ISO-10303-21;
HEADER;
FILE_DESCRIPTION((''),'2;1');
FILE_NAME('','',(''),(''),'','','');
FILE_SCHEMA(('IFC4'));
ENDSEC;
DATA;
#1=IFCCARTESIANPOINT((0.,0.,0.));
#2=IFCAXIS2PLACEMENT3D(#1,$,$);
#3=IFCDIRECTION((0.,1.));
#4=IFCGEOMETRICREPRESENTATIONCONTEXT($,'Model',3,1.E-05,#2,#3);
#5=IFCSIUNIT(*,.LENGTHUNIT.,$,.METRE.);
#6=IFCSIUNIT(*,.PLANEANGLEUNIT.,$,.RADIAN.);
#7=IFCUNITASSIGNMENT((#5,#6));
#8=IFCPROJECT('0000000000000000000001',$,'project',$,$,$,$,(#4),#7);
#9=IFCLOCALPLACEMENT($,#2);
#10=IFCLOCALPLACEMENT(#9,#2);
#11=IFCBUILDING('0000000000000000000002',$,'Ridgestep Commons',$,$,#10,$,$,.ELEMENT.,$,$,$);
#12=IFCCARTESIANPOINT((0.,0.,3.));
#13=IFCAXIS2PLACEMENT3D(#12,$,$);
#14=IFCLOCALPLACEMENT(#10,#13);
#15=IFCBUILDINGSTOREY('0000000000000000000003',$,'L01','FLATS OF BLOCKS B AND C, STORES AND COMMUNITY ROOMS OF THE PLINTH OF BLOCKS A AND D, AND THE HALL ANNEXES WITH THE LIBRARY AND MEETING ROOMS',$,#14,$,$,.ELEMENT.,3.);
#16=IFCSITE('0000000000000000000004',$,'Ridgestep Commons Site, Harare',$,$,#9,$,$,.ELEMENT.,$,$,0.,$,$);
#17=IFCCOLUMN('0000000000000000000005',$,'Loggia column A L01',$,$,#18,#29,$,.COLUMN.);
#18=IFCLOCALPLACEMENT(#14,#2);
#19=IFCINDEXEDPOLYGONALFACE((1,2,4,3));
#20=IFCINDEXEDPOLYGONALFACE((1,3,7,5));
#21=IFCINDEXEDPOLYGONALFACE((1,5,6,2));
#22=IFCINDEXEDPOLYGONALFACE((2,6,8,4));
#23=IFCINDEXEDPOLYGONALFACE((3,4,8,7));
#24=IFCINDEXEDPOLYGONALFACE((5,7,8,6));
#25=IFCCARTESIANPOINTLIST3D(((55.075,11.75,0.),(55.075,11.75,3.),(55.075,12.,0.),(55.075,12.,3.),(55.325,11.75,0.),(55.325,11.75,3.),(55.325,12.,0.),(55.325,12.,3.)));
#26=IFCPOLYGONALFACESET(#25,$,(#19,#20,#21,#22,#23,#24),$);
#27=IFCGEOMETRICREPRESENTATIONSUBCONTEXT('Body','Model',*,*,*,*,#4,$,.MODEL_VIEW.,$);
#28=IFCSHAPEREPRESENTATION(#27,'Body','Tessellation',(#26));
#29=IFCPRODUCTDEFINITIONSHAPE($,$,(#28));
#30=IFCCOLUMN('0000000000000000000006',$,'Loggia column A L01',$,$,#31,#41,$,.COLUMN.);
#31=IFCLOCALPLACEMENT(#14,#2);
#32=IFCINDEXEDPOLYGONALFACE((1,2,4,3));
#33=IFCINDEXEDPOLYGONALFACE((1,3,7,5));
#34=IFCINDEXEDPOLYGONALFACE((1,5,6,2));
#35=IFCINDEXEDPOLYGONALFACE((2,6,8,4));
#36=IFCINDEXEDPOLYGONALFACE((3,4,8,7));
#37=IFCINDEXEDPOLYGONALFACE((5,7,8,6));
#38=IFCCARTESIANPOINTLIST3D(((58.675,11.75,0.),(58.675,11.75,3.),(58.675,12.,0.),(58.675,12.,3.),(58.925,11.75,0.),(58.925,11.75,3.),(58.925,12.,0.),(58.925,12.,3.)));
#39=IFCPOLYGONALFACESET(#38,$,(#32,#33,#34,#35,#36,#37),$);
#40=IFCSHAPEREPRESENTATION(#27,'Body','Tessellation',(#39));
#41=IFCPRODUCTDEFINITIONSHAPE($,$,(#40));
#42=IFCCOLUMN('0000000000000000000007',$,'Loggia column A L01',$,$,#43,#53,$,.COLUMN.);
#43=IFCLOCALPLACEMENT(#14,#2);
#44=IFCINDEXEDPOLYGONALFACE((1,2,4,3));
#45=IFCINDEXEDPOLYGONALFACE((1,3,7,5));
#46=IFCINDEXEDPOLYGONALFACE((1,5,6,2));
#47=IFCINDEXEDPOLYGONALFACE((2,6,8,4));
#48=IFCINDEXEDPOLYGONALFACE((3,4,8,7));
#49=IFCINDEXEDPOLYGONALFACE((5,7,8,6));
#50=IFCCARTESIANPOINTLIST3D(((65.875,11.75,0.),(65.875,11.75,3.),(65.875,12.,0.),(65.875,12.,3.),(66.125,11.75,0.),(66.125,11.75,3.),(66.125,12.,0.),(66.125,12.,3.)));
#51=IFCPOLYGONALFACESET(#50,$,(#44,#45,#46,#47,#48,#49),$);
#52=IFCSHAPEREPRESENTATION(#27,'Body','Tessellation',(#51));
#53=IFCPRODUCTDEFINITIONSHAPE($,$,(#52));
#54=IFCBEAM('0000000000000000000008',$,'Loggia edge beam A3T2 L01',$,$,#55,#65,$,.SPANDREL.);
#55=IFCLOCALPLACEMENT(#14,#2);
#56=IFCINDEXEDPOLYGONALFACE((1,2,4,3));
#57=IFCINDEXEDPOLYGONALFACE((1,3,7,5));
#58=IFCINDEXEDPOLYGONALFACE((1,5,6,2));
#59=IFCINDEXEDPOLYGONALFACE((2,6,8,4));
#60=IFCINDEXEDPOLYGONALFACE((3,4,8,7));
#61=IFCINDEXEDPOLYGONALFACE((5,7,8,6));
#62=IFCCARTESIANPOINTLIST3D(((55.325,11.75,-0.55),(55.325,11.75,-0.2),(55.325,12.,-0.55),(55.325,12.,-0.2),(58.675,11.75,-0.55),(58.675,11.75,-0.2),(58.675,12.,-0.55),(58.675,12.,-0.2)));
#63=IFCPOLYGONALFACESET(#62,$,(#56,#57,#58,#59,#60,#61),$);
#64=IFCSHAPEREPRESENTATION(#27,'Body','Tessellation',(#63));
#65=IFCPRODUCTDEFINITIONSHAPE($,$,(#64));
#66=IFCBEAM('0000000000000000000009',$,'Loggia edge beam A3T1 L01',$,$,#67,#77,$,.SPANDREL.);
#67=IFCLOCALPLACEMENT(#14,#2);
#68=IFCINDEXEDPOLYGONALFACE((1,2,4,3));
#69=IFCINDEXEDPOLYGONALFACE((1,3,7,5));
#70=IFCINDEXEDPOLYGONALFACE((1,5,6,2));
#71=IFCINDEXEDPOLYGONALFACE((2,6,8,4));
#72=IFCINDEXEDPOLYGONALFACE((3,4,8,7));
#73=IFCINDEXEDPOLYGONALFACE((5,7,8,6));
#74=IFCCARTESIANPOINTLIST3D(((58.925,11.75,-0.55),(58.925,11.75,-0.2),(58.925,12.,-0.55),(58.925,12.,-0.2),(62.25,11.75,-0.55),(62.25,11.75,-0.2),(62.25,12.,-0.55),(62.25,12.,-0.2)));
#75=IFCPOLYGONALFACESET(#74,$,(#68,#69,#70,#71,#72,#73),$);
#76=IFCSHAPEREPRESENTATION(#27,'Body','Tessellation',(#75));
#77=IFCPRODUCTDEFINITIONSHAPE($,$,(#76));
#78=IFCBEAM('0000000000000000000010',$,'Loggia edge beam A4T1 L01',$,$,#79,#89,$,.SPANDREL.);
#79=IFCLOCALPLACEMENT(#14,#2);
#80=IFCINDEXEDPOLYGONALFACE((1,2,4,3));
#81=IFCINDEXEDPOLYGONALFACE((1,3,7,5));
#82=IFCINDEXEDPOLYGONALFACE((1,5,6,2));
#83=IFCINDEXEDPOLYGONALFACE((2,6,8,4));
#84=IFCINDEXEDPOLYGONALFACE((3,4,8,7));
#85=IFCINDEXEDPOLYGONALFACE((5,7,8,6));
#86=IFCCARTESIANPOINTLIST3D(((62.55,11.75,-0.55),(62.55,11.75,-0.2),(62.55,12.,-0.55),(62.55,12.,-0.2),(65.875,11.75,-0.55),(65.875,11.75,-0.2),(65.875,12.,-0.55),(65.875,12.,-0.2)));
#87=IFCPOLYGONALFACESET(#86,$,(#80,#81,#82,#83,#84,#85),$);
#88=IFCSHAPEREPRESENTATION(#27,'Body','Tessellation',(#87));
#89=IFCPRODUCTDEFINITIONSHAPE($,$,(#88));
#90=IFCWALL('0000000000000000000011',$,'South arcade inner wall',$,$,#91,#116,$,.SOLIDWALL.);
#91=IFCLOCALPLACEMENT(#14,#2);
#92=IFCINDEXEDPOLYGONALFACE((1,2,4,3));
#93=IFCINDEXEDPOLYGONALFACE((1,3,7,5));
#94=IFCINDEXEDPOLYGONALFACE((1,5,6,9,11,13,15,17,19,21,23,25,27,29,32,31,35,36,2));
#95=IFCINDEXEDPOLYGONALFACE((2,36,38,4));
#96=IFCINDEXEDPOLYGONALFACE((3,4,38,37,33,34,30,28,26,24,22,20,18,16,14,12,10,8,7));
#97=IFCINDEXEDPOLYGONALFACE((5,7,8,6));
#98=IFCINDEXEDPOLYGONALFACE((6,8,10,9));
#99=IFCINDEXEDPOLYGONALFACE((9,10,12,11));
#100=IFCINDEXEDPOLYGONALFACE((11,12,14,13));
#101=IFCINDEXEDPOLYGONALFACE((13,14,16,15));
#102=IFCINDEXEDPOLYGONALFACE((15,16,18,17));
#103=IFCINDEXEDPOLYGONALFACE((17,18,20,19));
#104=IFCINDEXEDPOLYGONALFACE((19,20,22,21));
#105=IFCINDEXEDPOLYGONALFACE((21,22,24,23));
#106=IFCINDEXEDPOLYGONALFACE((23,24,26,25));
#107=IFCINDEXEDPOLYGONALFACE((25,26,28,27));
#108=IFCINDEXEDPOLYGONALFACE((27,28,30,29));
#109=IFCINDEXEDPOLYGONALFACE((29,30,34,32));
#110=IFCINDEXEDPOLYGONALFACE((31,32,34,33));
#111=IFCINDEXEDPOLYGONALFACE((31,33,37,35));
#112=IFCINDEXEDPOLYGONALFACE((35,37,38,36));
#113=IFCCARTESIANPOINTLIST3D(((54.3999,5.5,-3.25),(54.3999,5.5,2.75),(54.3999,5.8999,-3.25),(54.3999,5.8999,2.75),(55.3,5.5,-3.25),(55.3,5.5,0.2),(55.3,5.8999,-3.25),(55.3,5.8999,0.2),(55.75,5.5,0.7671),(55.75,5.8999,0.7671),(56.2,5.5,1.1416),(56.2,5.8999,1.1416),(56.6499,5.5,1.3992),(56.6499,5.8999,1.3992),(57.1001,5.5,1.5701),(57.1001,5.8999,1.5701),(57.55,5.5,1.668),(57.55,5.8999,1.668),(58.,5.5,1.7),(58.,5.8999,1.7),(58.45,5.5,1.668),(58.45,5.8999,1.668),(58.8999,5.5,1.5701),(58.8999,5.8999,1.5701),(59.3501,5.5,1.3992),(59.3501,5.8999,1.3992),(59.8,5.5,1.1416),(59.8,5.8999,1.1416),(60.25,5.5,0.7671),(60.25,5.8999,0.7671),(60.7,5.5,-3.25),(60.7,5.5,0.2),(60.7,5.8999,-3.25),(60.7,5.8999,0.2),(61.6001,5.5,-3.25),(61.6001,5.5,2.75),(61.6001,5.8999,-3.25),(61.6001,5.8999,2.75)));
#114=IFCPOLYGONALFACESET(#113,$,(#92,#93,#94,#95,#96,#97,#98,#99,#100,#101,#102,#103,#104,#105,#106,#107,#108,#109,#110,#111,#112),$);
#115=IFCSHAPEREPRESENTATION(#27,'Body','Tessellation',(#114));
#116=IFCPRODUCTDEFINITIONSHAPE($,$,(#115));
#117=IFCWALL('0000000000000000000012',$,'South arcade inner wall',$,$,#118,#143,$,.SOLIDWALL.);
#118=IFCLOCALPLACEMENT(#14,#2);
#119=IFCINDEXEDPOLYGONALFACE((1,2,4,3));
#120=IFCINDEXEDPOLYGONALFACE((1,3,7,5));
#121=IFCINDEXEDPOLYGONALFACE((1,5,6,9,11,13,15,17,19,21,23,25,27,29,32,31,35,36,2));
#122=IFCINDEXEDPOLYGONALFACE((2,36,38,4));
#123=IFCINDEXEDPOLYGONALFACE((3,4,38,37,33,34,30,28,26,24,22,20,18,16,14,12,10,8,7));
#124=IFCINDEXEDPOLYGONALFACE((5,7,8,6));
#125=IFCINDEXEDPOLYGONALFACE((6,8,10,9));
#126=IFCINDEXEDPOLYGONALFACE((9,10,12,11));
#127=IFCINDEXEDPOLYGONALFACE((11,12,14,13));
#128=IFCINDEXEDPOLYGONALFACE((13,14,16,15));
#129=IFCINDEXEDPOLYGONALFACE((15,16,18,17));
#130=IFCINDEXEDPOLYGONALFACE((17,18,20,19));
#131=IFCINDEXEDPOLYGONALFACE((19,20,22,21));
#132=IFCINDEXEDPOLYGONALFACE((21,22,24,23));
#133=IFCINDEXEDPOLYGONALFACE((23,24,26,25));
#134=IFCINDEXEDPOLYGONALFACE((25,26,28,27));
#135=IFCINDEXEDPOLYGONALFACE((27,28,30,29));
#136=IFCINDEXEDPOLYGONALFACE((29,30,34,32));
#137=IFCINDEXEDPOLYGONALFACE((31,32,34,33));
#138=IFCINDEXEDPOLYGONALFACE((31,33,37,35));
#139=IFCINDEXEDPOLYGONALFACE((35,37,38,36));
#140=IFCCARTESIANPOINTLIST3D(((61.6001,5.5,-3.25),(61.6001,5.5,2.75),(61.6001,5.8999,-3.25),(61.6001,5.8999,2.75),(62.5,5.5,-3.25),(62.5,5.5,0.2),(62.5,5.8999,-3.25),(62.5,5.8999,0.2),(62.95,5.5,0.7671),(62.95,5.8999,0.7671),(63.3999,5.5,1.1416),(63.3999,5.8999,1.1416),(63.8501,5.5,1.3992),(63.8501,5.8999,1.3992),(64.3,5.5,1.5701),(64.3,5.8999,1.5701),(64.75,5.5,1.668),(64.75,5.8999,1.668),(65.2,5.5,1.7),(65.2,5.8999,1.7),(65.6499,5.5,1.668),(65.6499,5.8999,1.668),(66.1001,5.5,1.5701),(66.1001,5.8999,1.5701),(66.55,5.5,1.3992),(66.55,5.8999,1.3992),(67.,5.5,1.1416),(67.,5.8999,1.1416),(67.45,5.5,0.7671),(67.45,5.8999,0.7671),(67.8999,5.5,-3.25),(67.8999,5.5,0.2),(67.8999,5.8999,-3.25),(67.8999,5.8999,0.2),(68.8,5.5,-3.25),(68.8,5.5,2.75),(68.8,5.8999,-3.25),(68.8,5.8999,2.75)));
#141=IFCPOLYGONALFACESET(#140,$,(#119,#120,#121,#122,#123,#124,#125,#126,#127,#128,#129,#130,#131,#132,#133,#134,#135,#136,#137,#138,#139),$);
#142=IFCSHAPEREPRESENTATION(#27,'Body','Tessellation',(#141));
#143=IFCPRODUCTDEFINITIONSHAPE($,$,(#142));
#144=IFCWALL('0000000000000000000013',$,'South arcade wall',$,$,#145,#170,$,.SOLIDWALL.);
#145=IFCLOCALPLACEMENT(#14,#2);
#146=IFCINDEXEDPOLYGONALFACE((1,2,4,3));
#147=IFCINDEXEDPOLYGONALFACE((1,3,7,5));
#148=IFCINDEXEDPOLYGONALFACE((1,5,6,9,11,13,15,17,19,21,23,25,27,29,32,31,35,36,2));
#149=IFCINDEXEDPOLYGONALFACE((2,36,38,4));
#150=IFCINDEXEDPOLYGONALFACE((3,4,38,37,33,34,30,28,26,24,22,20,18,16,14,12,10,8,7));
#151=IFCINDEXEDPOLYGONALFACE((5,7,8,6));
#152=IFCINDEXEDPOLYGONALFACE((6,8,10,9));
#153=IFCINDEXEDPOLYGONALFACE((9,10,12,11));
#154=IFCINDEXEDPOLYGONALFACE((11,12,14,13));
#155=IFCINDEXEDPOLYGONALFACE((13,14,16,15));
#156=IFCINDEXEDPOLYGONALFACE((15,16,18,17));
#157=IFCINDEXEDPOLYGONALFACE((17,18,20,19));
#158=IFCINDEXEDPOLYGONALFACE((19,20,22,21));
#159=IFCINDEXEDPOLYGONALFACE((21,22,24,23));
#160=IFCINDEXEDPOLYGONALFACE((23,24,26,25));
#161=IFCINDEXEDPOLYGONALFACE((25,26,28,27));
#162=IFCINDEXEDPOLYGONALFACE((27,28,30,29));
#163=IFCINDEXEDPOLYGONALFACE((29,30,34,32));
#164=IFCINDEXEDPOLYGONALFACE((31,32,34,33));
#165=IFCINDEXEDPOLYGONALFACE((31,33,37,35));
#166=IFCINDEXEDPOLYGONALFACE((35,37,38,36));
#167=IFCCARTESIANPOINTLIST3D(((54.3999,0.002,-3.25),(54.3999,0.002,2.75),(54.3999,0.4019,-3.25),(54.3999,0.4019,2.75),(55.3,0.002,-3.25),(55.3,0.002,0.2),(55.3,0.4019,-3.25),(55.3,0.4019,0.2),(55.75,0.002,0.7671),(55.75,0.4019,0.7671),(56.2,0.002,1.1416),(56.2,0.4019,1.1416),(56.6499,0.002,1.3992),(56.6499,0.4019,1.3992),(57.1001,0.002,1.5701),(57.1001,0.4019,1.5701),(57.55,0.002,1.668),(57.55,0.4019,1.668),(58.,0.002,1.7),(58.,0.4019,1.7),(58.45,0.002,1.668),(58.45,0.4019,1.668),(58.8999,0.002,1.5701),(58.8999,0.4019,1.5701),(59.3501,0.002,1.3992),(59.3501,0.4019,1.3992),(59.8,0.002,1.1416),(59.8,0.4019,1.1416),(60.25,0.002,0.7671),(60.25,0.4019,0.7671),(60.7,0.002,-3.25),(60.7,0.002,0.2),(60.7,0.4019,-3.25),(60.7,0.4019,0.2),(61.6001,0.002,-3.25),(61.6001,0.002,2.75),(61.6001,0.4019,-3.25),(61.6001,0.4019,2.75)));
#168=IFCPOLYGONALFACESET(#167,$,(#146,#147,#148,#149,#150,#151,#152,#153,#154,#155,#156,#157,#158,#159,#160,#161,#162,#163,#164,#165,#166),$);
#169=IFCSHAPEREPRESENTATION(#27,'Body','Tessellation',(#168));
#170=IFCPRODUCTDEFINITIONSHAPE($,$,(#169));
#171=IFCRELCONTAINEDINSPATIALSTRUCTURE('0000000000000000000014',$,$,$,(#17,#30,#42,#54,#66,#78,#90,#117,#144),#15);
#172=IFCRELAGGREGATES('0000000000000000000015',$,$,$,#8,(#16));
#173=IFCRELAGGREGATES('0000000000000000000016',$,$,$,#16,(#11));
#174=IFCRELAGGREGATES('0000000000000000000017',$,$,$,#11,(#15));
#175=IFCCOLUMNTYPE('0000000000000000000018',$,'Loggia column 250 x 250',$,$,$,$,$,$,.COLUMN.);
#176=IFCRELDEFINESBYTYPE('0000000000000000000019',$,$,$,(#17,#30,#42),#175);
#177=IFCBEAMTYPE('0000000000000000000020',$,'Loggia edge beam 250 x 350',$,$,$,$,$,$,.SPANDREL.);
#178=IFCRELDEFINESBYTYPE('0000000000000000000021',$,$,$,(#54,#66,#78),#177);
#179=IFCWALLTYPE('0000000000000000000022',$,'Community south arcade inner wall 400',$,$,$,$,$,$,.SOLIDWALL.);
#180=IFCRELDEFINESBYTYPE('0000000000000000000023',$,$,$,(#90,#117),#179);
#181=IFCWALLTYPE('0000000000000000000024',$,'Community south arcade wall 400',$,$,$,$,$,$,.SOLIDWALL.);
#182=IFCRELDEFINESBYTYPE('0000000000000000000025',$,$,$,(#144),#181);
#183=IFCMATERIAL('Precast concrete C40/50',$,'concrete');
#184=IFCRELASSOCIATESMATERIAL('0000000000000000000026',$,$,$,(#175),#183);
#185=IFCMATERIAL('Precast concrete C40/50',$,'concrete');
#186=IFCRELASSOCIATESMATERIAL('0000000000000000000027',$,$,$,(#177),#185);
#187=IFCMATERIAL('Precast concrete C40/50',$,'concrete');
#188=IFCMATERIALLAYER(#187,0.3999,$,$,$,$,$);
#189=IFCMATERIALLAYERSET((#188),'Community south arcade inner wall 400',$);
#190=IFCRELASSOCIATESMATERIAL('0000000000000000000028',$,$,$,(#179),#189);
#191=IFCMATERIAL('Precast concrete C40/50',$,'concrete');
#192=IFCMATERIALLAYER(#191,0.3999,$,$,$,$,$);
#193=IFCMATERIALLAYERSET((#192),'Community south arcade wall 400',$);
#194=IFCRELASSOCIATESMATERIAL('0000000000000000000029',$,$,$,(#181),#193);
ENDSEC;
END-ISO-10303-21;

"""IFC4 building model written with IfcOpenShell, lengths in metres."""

from ifc_helpers import new_model, si_unit, direction, frame, origin, origin_2d, place, context, subcontext, project, spatial, polyline, rectangle, outline, extrude, material, layer, layer_set, material_profile, profile_set, type_object, element, save


model = new_model("IFC4")

# Units and contexts
model_context = context("Model", 3, precision=1e-05, world=origin(), true_north=direction((0.0, 1.0)))
body_context = subcontext(model_context, "Body", "Model", "MODEL_VIEW")
ifc_project = project(units=[si_unit("LENGTHUNIT", "METRE"), si_unit("PLANEANGLEUNIT", "RADIAN")], contexts=[model_context])

# Site, building, storey
site_placement = place(None, origin())
site = spatial("IfcSite", under=ifc_project, at=site_placement, Name="Ridgestep Commons Site, Harare", CompositionType="ELEMENT", RefElevation=0.0)
building_placement = place(site_placement, origin())
building = spatial("IfcBuilding", under=site, at=building_placement, Name="Ridgestep Commons", CompositionType="ELEMENT")
storey_placement = place(building_placement, frame((0.0, 0.0, 3.0)))
storey = spatial("IfcBuildingStorey", under=building, at=storey_placement, Name="L01", Description="FLATS OF BLOCKS B AND C, STORES AND COMMUNITY ROOMS OF THE PLINTH OF BLOCKS A AND D, AND THE HALL ANNEXES WITH THE LIBRARY AND MEETING ROOMS", CompositionType="ELEMENT", Elevation=3.0)

# Columns
ifc_material_1 = material(Name="Precast concrete C40/50", Category="concrete")
ifc_material_profile_1 = material_profile(ifc_material_1, rectangle(XDim=0.25, YDim=0.25, at=origin_2d()), Name="PC 250x250")
ifc_profile_set_1 = profile_set([ifc_material_profile_1], Name="Precast concrete C40/50")
column_type = type_object("IfcColumnType", Name="Loggia column 250 x 250", PredefinedType="COLUMN", material=ifc_profile_set_1)
for number, where, z_axis, x_axis, name in (
    (1, (55.2, 11.875, 0.0), (0.0, 0.0, 1.0), (1.0, 0.0, 0.0), "Loggia column A L01"),
    (2, (58.8, 11.875, 0.0), (0.0, 0.0, 1.0), (1.0, 0.0, 0.0), "Loggia column A L01"),
    (3, (66.0, 11.875, 0.0), (0.0, 0.0, 1.0), (1.0, 0.0, 0.0), "Loggia column A L01"),
):
    element("IfcColumn", number, at=place(storey_placement, frame(where, z_axis=z_axis, x_axis=x_axis)), inside=storey, type_object=column_type, Name=name, PredefinedType="COLUMN", context=body_context, shape_type="SweptSolid", body=[
        extrude(rectangle(XDim=0.25, YDim=0.25, at=origin_2d()), origin(), (0.0, 0.0, 1.0), 3.0),
    ])

# Beams
ifc_material_2 = material(Name="Precast concrete C40/50", Category="concrete")
ifc_material_profile_2 = material_profile(ifc_material_2, rectangle(XDim=0.25, YDim=0.3501, at=origin_2d()), Name="PC 250x350")
ifc_profile_set_2 = profile_set([ifc_material_profile_2], Name="Precast concrete C40/50")
beam_type = type_object("IfcBeamType", Name="Loggia edge beam 250 x 350", PredefinedType="SPANDREL", material=ifc_profile_set_2)
beam_placement = place(storey_placement, frame((55.325, 11.875, -0.375), z_axis=(1.0, 0.0, 0.0), x_axis=(0.0, 1.0, 0.0)))
element("IfcBeam", 4, at=beam_placement, inside=storey, type_object=beam_type, Name="Loggia edge beam A3T2 L01", PredefinedType="SPANDREL", context=body_context, shape_type="SweptSolid", body=[
    extrude(rectangle(XDim=0.25, YDim=0.3501, at=origin_2d()), origin(), (0.0, 0.0, 1.0), 3.3501),
])
for number, where, z_axis, x_axis, name in (
    (5, (58.925, 11.875, -0.375), (1.0, 0.0, 0.0), (0.0, 1.0, 0.0), "Loggia edge beam A3T1 L01"),
    (6, (62.55, 11.875, -0.375), (1.0, 0.0, 0.0), (0.0, 1.0, 0.0), "Loggia edge beam A4T1 L01"),
):
    element("IfcBeam", number, at=place(storey_placement, frame(where, z_axis=z_axis, x_axis=x_axis)), inside=storey, type_object=beam_type, Name=name, PredefinedType="SPANDREL", context=body_context, shape_type="SweptSolid", body=[
        extrude(rectangle(XDim=0.25, YDim=0.3501, at=origin_2d()), origin(), (0.0, 0.0, 1.0), 3.325),
    ])

# Walls
ifc_material_3 = material(Name="Precast concrete C40/50", Category="concrete")
ifc_layer_1 = layer(ifc_material_3, 0.3999)
ifc_layer_set_1 = layer_set([ifc_layer_1], Name="Community south arcade inner wall 400")
wall_type_1 = type_object("IfcWallType", Name="Community south arcade inner wall 400", PredefinedType="SOLIDWALL", material=ifc_layer_set_1)
wall_1_placement = place(storey_placement, frame((54.3999, 5.5, -3.25), z_axis=(0.0, -1.0, 0.0), x_axis=(1.0, 0.0, 0.0)))
element("IfcWall", 7, at=wall_1_placement, inside=storey, type_object=wall_type_1, Name="South arcade inner wall", PredefinedType="SOLIDWALL", context=body_context, shape_type="SweptSolid", body=[
    extrude(outline(polyline([(0.0, 0.0), (0.9001, 0.0), (0.9001, 3.45), (1.3501, 4.0171), (1.8, 4.3916), (2.25, 4.6492), (2.7002, 4.8201), (3.1501, 4.918), (3.6001, 4.95), (4.05, 4.918), (4.5, 4.8201), (4.9502, 4.6492), (5.4001, 4.3916), (5.8501, 4.0171), (6.3, 3.45), (6.3, 0.0), (7.2002, 0.0), (7.2002, 6.0), (0.0, 6.0), (0.0, 0.0)])), origin(), (0.0, 0.0, -1.0), 0.3999),
])
wall_2_placement = place(storey_placement, frame((61.6001, 5.5, -3.25), z_axis=(0.0, -1.0, 0.0), x_axis=(1.0, 0.0, 0.0)))
element("IfcWall", 8, at=wall_2_placement, inside=storey, type_object=wall_type_1, Name="South arcade inner wall", PredefinedType="SOLIDWALL", context=body_context, shape_type="SweptSolid", body=[
    extrude(outline(polyline([(0.0, 0.0), (0.8999, 0.0), (0.8999, 3.45), (1.3499, 4.0171), (1.7998, 4.3916), (2.25, 4.6492), (2.7, 4.8201), (3.1499, 4.918), (3.5999, 4.95), (4.0498, 4.918), (4.5, 4.8201), (4.95, 4.6492), (5.3999, 4.3916), (5.8499, 4.0171), (6.2998, 3.45), (6.2998, 0.0), (7.2, 0.0), (7.2, 6.0), (0.0, 6.0), (0.0, 0.0)])), origin(), (0.0, 0.0, -1.0), 0.3999),
])
ifc_material_4 = material(Name="Precast concrete C40/50", Category="concrete")
ifc_layer_2 = layer(ifc_material_4, 0.3999)
ifc_layer_set_2 = layer_set([ifc_layer_2], Name="Community south arcade wall 400")
wall_type_2 = type_object("IfcWallType", Name="Community south arcade wall 400", PredefinedType="SOLIDWALL", material=ifc_layer_set_2)
wall_3_placement = place(storey_placement, frame((54.3999, 0.002, -3.25), z_axis=(0.0, -1.0, 0.0), x_axis=(1.0, 0.0, 0.0)))
element("IfcWall", 9, at=wall_3_placement, inside=storey, type_object=wall_type_2, Name="South arcade wall", PredefinedType="SOLIDWALL", context=body_context, shape_type="SweptSolid", body=[
    extrude(outline(polyline([(0.0, 0.0), (0.9001, 0.0), (0.9001, 3.45), (1.3501, 4.0171), (1.8, 4.3916), (2.25, 4.6492), (2.7002, 4.8201), (3.1501, 4.918), (3.6001, 4.95), (4.05, 4.918), (4.5, 4.8201), (4.9502, 4.6492), (5.4001, 4.3916), (5.8501, 4.0171), (6.3, 3.45), (6.3, 0.0), (7.2002, 0.0), (7.2002, 6.0), (0.0, 6.0), (0.0, 0.0)])), origin(), (0.0, 0.0, -1.0), 0.3999),
])

save(model, "model.ifc")
